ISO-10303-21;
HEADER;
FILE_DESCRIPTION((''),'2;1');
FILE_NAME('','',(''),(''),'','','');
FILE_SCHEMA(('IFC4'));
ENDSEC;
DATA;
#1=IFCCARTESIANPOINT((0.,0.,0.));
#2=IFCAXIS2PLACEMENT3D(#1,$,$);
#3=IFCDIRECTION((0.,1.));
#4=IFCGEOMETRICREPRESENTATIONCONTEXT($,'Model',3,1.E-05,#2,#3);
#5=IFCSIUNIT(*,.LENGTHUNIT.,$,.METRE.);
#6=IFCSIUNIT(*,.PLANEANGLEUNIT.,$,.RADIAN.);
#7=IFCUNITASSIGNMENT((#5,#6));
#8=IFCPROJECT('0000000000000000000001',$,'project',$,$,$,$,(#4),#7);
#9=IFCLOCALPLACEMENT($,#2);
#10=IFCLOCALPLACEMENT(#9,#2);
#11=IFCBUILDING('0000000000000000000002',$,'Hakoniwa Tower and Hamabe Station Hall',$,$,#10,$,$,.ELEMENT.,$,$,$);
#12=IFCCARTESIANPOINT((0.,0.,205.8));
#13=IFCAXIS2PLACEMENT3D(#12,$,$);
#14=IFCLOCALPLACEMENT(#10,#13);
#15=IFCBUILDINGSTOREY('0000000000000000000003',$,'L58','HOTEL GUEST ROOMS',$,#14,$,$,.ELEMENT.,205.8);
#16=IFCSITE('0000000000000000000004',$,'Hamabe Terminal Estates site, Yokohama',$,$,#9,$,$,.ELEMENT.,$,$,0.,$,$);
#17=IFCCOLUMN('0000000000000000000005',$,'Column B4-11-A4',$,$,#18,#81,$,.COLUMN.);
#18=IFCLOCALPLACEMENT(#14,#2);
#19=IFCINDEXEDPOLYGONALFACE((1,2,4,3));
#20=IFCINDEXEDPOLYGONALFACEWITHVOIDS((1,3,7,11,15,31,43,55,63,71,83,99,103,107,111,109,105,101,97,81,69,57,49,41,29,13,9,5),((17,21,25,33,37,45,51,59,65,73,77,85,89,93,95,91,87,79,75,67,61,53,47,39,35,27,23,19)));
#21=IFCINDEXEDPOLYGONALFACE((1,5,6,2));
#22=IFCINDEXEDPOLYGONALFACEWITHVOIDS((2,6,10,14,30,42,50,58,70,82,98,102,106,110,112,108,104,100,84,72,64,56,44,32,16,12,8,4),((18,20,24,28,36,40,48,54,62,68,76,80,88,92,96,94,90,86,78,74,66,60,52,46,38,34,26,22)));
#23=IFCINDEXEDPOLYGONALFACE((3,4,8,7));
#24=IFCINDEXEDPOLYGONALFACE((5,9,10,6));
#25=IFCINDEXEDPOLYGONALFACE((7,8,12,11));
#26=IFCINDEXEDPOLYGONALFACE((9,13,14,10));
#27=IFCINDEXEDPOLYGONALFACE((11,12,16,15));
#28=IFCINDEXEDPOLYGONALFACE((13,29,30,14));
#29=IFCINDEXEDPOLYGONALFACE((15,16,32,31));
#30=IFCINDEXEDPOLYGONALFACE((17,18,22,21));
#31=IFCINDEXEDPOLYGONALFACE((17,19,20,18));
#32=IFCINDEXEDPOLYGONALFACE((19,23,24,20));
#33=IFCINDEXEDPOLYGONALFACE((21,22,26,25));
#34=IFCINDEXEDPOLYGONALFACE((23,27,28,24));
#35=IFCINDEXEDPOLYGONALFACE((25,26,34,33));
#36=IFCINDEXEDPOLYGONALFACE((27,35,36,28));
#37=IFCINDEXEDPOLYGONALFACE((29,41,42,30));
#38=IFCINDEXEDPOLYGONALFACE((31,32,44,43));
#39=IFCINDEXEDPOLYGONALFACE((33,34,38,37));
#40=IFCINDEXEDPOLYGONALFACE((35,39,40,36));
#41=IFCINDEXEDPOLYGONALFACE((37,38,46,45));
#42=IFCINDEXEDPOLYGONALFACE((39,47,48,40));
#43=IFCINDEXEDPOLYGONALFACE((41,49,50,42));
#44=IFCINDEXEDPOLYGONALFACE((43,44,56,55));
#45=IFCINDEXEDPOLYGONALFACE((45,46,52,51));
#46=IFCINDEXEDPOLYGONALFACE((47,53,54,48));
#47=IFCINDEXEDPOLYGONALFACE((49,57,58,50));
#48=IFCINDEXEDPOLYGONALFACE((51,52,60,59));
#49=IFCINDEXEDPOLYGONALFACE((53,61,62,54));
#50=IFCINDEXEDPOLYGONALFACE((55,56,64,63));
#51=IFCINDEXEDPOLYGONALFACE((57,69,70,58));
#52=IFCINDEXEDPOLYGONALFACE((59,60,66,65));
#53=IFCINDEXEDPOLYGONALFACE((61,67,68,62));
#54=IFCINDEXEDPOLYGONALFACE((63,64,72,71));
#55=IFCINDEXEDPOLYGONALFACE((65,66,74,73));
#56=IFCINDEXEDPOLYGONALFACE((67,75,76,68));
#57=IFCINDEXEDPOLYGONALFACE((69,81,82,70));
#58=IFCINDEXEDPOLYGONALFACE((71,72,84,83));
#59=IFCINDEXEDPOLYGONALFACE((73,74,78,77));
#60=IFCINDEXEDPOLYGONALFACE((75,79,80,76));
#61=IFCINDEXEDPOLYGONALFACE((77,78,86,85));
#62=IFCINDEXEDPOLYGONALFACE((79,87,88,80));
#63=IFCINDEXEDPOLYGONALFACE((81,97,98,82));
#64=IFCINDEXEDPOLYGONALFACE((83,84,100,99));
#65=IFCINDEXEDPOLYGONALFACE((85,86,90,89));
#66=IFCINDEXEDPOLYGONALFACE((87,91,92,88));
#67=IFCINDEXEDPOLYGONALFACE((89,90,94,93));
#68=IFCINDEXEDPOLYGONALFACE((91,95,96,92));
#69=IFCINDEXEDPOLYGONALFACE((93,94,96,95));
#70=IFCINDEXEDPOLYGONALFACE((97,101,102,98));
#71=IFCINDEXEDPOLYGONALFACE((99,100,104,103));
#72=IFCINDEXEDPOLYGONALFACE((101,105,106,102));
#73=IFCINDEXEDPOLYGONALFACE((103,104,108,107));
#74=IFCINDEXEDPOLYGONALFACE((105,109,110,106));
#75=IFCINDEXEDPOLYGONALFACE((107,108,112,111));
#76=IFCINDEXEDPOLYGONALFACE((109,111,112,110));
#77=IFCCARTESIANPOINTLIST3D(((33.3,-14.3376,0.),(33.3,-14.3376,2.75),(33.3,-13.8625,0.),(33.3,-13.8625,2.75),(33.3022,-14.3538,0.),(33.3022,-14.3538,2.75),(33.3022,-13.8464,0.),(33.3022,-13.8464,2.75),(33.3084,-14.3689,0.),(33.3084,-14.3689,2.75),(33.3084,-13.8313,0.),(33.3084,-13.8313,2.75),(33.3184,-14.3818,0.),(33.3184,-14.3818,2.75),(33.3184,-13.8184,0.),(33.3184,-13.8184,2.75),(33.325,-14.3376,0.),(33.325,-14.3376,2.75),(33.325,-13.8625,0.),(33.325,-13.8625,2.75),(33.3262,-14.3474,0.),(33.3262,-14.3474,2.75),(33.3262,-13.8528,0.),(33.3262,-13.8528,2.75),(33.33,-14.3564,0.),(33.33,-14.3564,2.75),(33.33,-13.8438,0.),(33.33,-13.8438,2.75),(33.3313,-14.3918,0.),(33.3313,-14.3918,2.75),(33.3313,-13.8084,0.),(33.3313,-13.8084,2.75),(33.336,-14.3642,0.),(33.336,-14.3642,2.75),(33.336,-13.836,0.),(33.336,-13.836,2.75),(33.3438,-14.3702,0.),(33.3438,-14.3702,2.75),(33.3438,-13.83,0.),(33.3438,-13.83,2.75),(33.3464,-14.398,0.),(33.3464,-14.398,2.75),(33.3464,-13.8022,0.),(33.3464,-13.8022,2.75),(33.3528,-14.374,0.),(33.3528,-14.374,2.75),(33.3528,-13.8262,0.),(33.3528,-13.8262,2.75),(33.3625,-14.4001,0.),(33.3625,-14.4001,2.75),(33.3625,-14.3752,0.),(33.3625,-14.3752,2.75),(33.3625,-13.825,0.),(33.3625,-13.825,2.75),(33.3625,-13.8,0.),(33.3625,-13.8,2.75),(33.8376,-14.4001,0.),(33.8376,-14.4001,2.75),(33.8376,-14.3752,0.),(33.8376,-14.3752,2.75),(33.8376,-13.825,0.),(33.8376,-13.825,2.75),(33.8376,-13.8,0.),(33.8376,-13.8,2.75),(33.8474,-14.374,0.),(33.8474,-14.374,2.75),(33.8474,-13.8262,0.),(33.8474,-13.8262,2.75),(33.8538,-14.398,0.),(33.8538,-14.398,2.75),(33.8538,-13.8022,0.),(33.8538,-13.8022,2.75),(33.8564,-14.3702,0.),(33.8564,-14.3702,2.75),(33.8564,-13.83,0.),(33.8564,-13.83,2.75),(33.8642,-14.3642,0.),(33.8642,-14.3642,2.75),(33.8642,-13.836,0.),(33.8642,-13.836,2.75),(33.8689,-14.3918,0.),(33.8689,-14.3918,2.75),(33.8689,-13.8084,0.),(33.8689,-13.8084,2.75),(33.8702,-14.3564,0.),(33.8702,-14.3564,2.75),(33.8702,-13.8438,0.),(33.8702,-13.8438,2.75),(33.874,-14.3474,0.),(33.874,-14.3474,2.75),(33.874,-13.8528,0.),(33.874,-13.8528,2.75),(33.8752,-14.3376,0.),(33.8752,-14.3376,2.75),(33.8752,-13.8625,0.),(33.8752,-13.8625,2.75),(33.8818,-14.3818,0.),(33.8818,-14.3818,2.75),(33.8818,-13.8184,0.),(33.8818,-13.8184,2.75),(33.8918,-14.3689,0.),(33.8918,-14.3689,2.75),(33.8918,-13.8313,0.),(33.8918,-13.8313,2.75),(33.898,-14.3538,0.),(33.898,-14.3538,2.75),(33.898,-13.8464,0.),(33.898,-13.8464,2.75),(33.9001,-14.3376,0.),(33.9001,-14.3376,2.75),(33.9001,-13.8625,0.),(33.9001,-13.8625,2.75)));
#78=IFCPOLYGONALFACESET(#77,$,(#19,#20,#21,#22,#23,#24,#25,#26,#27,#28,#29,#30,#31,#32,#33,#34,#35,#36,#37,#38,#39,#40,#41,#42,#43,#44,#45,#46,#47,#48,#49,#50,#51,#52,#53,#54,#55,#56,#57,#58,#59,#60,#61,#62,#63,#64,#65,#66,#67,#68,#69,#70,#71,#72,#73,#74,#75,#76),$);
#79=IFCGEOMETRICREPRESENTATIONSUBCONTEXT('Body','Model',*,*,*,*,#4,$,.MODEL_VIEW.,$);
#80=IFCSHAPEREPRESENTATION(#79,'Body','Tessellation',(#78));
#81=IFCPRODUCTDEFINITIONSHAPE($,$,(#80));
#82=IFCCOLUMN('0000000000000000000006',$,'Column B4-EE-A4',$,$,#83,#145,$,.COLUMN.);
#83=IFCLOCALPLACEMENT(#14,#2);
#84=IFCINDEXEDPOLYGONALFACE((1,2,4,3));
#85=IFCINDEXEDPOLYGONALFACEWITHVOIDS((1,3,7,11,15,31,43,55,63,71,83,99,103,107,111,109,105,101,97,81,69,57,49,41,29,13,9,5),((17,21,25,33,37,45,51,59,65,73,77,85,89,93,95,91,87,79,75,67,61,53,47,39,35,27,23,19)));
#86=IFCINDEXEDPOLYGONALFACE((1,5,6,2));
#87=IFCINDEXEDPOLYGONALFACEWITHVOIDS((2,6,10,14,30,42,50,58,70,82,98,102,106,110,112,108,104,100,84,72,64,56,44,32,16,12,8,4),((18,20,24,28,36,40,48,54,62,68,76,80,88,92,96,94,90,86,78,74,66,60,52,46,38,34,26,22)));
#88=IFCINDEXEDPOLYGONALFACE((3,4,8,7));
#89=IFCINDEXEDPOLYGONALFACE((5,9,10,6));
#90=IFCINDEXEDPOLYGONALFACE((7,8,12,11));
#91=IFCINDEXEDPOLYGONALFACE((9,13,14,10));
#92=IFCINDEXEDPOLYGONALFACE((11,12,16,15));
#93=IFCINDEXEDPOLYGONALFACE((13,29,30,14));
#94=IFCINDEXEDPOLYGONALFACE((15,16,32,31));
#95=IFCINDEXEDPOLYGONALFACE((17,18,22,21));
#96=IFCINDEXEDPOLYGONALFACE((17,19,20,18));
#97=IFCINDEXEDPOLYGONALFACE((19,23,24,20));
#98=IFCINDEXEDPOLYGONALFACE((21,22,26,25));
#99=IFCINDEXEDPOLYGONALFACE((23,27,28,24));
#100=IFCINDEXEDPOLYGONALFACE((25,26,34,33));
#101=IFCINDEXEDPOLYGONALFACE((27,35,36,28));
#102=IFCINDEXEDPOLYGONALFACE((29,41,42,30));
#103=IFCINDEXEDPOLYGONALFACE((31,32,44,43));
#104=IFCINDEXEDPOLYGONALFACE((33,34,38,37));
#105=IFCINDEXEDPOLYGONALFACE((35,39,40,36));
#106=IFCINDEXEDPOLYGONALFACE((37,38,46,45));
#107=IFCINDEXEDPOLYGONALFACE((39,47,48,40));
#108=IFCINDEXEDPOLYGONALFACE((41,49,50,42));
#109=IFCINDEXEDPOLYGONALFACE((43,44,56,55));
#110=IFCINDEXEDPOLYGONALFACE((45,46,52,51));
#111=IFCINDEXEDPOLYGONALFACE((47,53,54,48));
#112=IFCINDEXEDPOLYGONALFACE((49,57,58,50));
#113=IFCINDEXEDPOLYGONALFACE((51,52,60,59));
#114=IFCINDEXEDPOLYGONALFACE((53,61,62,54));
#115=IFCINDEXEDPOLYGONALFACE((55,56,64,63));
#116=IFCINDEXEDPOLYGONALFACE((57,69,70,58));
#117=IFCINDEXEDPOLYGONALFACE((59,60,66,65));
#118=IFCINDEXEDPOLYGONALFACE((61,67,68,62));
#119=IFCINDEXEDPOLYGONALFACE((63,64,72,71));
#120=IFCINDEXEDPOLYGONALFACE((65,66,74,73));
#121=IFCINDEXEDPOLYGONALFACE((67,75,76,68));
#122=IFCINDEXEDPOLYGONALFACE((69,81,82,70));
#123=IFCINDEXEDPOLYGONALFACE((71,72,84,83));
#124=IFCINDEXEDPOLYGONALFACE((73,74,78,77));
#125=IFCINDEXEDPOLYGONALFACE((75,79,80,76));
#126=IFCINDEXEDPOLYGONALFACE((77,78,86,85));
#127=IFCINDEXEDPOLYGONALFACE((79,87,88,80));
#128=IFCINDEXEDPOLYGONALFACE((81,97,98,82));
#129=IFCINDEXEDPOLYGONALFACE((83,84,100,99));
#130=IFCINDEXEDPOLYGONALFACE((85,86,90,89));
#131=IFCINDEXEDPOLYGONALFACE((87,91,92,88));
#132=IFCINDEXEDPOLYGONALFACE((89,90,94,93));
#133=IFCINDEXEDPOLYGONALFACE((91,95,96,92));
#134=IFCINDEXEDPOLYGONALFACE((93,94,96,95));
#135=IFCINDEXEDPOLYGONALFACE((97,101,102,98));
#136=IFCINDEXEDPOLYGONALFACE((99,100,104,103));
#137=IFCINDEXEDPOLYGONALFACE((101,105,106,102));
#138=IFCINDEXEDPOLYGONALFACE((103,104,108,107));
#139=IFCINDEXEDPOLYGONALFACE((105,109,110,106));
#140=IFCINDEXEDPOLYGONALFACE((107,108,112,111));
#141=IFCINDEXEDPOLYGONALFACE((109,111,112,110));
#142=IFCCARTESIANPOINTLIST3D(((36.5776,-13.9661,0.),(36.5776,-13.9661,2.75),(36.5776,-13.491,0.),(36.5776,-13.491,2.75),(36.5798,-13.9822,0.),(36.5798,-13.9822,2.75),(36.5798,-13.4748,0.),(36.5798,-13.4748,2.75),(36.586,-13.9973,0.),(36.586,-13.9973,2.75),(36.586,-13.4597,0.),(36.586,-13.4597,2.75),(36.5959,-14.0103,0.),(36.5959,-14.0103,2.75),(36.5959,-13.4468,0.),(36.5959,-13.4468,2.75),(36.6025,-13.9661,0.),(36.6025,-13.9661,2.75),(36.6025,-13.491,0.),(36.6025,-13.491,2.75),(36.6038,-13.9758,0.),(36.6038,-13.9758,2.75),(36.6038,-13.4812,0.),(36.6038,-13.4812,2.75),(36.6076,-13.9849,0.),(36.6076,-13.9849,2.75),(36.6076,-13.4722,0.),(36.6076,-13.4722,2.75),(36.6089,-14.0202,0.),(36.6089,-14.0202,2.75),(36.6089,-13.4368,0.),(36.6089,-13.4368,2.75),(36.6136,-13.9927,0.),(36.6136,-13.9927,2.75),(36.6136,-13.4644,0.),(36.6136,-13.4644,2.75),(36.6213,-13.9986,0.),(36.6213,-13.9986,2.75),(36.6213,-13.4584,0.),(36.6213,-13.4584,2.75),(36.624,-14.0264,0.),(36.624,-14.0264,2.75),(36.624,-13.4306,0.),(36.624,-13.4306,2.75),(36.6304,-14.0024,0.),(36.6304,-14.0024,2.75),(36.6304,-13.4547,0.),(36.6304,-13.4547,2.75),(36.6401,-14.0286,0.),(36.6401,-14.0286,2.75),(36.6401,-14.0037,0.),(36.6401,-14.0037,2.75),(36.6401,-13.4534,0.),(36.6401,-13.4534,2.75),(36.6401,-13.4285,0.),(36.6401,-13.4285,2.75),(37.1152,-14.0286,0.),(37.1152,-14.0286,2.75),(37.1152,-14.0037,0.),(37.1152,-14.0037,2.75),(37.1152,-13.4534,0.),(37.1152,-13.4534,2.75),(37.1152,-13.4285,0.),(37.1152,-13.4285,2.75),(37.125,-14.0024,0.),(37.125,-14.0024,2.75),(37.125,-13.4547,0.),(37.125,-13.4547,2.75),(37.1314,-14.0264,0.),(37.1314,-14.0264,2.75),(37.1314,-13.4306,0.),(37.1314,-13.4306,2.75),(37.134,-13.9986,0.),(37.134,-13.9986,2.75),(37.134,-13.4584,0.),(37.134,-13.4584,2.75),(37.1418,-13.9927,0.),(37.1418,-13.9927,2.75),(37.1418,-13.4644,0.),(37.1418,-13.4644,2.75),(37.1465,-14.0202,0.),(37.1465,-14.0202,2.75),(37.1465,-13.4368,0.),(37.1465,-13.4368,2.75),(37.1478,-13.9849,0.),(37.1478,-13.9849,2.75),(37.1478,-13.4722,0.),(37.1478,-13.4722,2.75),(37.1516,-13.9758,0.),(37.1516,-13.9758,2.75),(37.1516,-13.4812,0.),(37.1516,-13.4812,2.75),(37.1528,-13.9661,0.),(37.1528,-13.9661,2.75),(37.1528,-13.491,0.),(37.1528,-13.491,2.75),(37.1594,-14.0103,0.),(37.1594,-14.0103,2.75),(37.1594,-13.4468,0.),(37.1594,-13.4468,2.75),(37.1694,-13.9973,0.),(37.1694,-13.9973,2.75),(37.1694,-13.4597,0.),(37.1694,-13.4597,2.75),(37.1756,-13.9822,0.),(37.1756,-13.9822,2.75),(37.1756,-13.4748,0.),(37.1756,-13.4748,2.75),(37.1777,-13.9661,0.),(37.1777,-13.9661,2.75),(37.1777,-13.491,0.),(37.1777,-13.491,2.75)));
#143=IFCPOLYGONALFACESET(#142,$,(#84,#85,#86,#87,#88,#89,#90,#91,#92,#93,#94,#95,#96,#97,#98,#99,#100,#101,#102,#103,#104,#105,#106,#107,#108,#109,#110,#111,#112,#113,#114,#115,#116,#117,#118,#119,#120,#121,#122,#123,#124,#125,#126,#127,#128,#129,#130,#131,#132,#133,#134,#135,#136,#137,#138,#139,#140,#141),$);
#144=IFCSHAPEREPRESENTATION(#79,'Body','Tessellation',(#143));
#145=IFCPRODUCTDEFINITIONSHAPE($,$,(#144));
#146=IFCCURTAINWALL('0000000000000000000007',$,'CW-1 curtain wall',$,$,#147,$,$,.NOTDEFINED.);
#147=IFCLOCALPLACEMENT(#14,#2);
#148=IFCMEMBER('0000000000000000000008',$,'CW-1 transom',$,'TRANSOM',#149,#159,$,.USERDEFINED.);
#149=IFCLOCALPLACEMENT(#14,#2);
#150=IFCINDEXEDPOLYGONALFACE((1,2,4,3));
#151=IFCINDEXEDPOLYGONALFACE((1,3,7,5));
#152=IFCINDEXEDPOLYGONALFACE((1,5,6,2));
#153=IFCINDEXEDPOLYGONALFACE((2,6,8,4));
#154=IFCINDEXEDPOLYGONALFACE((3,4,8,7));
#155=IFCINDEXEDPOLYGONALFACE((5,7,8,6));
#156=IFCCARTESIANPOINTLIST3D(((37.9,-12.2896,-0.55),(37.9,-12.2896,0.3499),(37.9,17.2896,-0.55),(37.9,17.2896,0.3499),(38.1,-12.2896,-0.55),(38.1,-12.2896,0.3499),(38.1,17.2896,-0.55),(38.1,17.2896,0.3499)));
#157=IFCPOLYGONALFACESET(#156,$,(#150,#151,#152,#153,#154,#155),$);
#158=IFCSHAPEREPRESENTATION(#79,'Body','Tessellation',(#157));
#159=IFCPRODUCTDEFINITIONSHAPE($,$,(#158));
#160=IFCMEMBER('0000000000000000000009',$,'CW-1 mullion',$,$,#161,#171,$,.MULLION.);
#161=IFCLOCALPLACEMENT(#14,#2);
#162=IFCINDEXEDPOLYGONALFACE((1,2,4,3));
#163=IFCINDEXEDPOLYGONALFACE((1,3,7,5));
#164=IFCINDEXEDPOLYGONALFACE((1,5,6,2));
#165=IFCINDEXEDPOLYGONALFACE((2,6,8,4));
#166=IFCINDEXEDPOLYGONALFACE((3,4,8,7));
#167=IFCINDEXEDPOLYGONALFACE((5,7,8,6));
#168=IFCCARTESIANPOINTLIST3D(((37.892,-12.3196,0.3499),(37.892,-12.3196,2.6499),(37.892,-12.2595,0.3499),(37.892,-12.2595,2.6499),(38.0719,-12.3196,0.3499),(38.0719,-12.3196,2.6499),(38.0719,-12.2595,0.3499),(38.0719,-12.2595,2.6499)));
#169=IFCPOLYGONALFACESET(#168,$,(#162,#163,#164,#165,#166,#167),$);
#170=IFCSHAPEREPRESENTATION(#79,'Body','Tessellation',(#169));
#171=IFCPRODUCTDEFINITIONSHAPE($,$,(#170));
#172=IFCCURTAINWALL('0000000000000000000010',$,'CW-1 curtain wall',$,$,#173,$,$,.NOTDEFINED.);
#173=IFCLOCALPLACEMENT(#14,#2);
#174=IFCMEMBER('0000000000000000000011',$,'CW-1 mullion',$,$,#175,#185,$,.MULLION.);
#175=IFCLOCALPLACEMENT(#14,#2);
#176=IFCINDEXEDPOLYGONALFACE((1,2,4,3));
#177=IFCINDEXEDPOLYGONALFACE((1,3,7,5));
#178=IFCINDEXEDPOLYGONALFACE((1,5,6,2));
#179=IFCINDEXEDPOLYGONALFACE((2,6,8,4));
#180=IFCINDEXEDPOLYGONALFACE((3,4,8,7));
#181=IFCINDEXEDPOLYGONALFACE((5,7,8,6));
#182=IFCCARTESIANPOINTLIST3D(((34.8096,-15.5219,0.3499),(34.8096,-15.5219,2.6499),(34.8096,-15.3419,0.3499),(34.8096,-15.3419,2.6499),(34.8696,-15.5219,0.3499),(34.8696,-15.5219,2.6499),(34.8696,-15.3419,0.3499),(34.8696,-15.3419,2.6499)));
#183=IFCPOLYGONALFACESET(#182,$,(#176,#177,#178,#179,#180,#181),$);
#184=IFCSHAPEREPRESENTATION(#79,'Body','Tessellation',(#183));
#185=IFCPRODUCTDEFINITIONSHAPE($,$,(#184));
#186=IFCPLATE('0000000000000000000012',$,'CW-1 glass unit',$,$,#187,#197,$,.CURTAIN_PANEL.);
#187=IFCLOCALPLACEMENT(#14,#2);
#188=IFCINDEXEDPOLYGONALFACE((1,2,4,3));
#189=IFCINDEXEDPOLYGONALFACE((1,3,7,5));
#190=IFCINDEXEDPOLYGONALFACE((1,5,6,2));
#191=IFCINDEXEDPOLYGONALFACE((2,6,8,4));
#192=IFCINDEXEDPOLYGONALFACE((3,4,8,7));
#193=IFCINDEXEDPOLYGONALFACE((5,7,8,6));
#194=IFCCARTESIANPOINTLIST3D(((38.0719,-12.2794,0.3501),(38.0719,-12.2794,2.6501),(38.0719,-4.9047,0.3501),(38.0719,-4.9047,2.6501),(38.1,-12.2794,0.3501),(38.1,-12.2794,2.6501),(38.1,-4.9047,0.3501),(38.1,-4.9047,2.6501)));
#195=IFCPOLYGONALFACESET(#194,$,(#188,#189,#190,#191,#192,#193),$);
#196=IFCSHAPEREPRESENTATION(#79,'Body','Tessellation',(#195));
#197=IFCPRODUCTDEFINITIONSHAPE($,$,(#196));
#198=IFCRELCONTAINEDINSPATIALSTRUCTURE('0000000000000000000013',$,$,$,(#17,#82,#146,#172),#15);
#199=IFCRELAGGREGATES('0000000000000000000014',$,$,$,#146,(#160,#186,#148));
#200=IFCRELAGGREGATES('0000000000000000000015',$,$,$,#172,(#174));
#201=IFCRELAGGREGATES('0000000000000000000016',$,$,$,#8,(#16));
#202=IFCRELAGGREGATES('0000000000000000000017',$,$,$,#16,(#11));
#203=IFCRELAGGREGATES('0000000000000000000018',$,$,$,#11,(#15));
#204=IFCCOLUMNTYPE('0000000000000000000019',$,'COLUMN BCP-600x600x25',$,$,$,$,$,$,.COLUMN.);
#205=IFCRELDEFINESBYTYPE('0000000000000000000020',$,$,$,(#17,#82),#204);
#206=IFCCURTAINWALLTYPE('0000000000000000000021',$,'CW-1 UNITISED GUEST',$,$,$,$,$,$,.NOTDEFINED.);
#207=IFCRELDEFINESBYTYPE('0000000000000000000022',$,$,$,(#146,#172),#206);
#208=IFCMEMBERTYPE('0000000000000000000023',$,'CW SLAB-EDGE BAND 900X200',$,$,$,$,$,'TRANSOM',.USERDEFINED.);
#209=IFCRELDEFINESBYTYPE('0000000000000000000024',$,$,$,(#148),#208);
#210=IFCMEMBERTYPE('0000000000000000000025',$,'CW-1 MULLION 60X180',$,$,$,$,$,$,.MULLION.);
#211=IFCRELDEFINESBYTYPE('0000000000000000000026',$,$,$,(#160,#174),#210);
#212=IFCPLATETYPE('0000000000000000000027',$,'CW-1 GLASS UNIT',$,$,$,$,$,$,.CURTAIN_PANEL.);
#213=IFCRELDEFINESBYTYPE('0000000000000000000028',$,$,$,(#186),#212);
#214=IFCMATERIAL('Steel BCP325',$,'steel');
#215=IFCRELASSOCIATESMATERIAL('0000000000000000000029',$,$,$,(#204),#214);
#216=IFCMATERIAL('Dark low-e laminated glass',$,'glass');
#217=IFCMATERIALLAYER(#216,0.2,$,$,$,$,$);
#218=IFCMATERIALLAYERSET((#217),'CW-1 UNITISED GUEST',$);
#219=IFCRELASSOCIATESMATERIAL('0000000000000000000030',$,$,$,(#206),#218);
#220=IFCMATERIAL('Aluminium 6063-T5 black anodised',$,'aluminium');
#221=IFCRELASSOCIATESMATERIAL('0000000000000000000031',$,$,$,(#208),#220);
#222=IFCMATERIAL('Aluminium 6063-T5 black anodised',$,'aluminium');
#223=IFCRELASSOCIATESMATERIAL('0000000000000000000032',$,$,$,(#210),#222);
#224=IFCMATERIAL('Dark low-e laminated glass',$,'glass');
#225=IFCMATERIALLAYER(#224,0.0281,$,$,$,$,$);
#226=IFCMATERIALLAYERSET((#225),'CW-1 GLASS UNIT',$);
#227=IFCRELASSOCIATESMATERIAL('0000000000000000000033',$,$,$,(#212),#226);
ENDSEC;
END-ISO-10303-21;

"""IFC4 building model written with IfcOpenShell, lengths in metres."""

from ifc_helpers import new_model, si_unit, direction, frame, origin, origin_2d, place, context, subcontext, project, spatial, rectangle, hollow_rectangle, extrude, material, layer, layer_set, material_profile, profile_set, type_object, element, aggregate, save


model = new_model("IFC4")

# Units and contexts
model_context = context("Model", 3, precision=1e-05, world=origin(), true_north=direction((0.0, 1.0)))
body_context = subcontext(model_context, "Body", "Model", "MODEL_VIEW")
ifc_project = project(units=[si_unit("LENGTHUNIT", "METRE"), si_unit("PLANEANGLEUNIT", "RADIAN")], contexts=[model_context])

# Site, building, storey
site_placement = place(None, origin())
site = spatial("IfcSite", under=ifc_project, at=site_placement, Name="Hamabe Terminal Estates site, Yokohama", CompositionType="ELEMENT", RefElevation=0.0)
building_placement = place(site_placement, origin())
building = spatial("IfcBuilding", under=site, at=building_placement, Name="Hakoniwa Tower and Hamabe Station Hall", CompositionType="ELEMENT")
storey_placement = place(building_placement, frame((0.0, 0.0, 205.8)))
storey = spatial("IfcBuildingStorey", under=building, at=storey_placement, Name="L58", Description="HOTEL GUEST ROOMS", CompositionType="ELEMENT", Elevation=205.8)

# Columns
ifc_material_1 = material(Name="Steel BCP325", Category="steel")
ifc_material_profile_1 = material_profile(ifc_material_1, hollow_rectangle(XDim=0.6001, YDim=0.6001, WallThickness=0.0249, InnerFilletRadius=0.0376, OuterFilletRadius=0.0625, at=origin_2d()), Name="BCP-600x600x25")
ifc_profile_set_1 = profile_set([ifc_material_profile_1], Name="Steel BCP325")
column_type = type_object("IfcColumnType", Name="COLUMN BCP-600x600x25", PredefinedType="COLUMN", material=ifc_profile_set_1)
for number, where, z_axis, x_axis, name in (
    (1, (33.6001, -14.1001, 0.0), (0.0, 0.0, 1.0), (1.0, 0.0, 0.0), "Column B4-11-A4"),
    (2, (36.8777, -13.7285, 0.0), (0.0, 0.0, 1.0), (1.0, 0.0, 0.0), "Column B4-EE-A4"),
):
    element("IfcColumn", number, at=place(storey_placement, frame(where, z_axis=z_axis, x_axis=x_axis)), inside=storey, type_object=column_type, Name=name, PredefinedType="COLUMN", context=body_context, shape_type="SweptSolid", body=[
        extrude(hollow_rectangle(XDim=0.6001, YDim=0.6001, WallThickness=0.0249, InnerFilletRadius=0.0376, OuterFilletRadius=0.0625, at=origin_2d()), origin(), (0.0, 0.0, 1.0), 2.75),
    ])

# Curtain wall, members
ifc_material_2 = material(Name="Dark low-e laminated glass", Category="glass")
ifc_layer_1 = layer(ifc_material_2, 0.2)
ifc_layer_set_1 = layer_set([ifc_layer_1], Name="CW-1 UNITISED GUEST")
curtain_wall_type = type_object("IfcCurtainWallType", Name="CW-1 UNITISED GUEST", PredefinedType="NOTDEFINED", material=ifc_layer_set_1)
curtain_wall_1_placement = place(storey_placement, origin())
curtain_wall_1 = element("IfcCurtainWall", 3, at=curtain_wall_1_placement, inside=storey, type_object=curtain_wall_type, Name="CW-1 curtain wall", PredefinedType="NOTDEFINED")
ifc_material_3 = material(Name="Aluminium 6063-T5 black anodised", Category="aluminium")
ifc_material_profile_2 = material_profile(ifc_material_3, rectangle(XDim=0.2, YDim=0.8999, at=origin_2d()), Name="CW SLAB-EDGE BAND 900X200")
ifc_profile_set_2 = profile_set([ifc_material_profile_2], Name="Aluminium 6063-T5 black anodised")
member_type_1 = type_object("IfcMemberType", Name="CW SLAB-EDGE BAND 900X200", ElementType="TRANSOM", PredefinedType="USERDEFINED", material=ifc_profile_set_2)
member_1_placement = place(storey_placement, frame((38.0, -12.2896, -0.1001), z_axis=(0.0, 1.0, 0.0), x_axis=(-1.0, 0.0, 0.0)))
member_1 = element("IfcMember", 4, at=member_1_placement, type_object=member_type_1, Name="CW-1 transom", ObjectType="TRANSOM", PredefinedType="USERDEFINED", context=body_context, shape_type="SweptSolid", body=[
    extrude(rectangle(XDim=0.2, YDim=0.8999, at=origin_2d()), origin(), (0.0, 0.0, 1.0), 29.5791),
])
ifc_material_4 = material(Name="Aluminium 6063-T5 black anodised", Category="aluminium")
ifc_material_profile_3 = material_profile(ifc_material_4, rectangle(XDim=0.0601, YDim=0.1799, at=origin_2d()), Name="CW-1 MULLION 60X180")
ifc_profile_set_3 = profile_set([ifc_material_profile_3], Name="Aluminium 6063-T5 black anodised")
member_type_2 = type_object("IfcMemberType", Name="CW-1 MULLION 60X180", PredefinedType="MULLION", material=ifc_profile_set_3)
member_2_placement = place(storey_placement, frame((37.9819, -12.2896, 0.3499), z_axis=(0.0, 0.0, 1.0), x_axis=(0.0, 1.0, 0.0)))
member_2 = element("IfcMember", 5, at=member_2_placement, type_object=member_type_2, Name="CW-1 mullion", PredefinedType="MULLION", context=body_context, shape_type="SweptSolid", body=[
    extrude(rectangle(XDim=0.0601, YDim=0.1799, at=origin_2d()), origin(), (0.0, 0.0, 1.0), 2.3),
])

# Curtain wall, member
curtain_wall_2_placement = place(storey_placement, origin())
curtain_wall_2 = element("IfcCurtainWall", 6, at=curtain_wall_2_placement, inside=storey, type_object=curtain_wall_type, Name="CW-1 curtain wall", PredefinedType="NOTDEFINED")
member_3_placement = place(storey_placement, frame((34.8396, -15.4319, 0.3499), z_axis=(0.0, 0.0, 1.0), x_axis=(1.0, 0.0, 0.0)))
member_3 = element("IfcMember", 7, at=member_3_placement, type_object=member_type_2, Name="CW-1 mullion", PredefinedType="MULLION", context=body_context, shape_type="SweptSolid", body=[
    extrude(rectangle(XDim=0.0601, YDim=0.1799, at=origin_2d()), origin(), (0.0, 0.0, 1.0), 2.3),
])

# Plate
ifc_material_5 = material(Name="Dark low-e laminated glass", Category="glass")
ifc_layer_2 = layer(ifc_material_5, 0.0281)
ifc_layer_set_2 = layer_set([ifc_layer_2], Name="CW-1 GLASS UNIT")
plate_type = type_object("IfcPlateType", Name="CW-1 GLASS UNIT", PredefinedType="CURTAIN_PANEL", material=ifc_layer_set_2)
plate_1_placement = place(storey_placement, frame((38.0859, -8.592, 0.3501), z_axis=(0.0, 0.0, 1.0), x_axis=(0.0, 1.0, 0.0)))
plate_1 = element("IfcPlate", 8, at=plate_1_placement, type_object=plate_type, Name="CW-1 glass unit", PredefinedType="CURTAIN_PANEL", context=body_context, shape_type="SweptSolid", body=[
    extrude(rectangle(XDim=7.3748, YDim=0.0281, at=origin_2d()), origin(), (0.0, 0.0, 1.0), 2.3),
])
aggregate(curtain_wall_1, [member_2, plate_1, member_1])
aggregate(curtain_wall_2, [member_3])

save(model, "model.ifc")
